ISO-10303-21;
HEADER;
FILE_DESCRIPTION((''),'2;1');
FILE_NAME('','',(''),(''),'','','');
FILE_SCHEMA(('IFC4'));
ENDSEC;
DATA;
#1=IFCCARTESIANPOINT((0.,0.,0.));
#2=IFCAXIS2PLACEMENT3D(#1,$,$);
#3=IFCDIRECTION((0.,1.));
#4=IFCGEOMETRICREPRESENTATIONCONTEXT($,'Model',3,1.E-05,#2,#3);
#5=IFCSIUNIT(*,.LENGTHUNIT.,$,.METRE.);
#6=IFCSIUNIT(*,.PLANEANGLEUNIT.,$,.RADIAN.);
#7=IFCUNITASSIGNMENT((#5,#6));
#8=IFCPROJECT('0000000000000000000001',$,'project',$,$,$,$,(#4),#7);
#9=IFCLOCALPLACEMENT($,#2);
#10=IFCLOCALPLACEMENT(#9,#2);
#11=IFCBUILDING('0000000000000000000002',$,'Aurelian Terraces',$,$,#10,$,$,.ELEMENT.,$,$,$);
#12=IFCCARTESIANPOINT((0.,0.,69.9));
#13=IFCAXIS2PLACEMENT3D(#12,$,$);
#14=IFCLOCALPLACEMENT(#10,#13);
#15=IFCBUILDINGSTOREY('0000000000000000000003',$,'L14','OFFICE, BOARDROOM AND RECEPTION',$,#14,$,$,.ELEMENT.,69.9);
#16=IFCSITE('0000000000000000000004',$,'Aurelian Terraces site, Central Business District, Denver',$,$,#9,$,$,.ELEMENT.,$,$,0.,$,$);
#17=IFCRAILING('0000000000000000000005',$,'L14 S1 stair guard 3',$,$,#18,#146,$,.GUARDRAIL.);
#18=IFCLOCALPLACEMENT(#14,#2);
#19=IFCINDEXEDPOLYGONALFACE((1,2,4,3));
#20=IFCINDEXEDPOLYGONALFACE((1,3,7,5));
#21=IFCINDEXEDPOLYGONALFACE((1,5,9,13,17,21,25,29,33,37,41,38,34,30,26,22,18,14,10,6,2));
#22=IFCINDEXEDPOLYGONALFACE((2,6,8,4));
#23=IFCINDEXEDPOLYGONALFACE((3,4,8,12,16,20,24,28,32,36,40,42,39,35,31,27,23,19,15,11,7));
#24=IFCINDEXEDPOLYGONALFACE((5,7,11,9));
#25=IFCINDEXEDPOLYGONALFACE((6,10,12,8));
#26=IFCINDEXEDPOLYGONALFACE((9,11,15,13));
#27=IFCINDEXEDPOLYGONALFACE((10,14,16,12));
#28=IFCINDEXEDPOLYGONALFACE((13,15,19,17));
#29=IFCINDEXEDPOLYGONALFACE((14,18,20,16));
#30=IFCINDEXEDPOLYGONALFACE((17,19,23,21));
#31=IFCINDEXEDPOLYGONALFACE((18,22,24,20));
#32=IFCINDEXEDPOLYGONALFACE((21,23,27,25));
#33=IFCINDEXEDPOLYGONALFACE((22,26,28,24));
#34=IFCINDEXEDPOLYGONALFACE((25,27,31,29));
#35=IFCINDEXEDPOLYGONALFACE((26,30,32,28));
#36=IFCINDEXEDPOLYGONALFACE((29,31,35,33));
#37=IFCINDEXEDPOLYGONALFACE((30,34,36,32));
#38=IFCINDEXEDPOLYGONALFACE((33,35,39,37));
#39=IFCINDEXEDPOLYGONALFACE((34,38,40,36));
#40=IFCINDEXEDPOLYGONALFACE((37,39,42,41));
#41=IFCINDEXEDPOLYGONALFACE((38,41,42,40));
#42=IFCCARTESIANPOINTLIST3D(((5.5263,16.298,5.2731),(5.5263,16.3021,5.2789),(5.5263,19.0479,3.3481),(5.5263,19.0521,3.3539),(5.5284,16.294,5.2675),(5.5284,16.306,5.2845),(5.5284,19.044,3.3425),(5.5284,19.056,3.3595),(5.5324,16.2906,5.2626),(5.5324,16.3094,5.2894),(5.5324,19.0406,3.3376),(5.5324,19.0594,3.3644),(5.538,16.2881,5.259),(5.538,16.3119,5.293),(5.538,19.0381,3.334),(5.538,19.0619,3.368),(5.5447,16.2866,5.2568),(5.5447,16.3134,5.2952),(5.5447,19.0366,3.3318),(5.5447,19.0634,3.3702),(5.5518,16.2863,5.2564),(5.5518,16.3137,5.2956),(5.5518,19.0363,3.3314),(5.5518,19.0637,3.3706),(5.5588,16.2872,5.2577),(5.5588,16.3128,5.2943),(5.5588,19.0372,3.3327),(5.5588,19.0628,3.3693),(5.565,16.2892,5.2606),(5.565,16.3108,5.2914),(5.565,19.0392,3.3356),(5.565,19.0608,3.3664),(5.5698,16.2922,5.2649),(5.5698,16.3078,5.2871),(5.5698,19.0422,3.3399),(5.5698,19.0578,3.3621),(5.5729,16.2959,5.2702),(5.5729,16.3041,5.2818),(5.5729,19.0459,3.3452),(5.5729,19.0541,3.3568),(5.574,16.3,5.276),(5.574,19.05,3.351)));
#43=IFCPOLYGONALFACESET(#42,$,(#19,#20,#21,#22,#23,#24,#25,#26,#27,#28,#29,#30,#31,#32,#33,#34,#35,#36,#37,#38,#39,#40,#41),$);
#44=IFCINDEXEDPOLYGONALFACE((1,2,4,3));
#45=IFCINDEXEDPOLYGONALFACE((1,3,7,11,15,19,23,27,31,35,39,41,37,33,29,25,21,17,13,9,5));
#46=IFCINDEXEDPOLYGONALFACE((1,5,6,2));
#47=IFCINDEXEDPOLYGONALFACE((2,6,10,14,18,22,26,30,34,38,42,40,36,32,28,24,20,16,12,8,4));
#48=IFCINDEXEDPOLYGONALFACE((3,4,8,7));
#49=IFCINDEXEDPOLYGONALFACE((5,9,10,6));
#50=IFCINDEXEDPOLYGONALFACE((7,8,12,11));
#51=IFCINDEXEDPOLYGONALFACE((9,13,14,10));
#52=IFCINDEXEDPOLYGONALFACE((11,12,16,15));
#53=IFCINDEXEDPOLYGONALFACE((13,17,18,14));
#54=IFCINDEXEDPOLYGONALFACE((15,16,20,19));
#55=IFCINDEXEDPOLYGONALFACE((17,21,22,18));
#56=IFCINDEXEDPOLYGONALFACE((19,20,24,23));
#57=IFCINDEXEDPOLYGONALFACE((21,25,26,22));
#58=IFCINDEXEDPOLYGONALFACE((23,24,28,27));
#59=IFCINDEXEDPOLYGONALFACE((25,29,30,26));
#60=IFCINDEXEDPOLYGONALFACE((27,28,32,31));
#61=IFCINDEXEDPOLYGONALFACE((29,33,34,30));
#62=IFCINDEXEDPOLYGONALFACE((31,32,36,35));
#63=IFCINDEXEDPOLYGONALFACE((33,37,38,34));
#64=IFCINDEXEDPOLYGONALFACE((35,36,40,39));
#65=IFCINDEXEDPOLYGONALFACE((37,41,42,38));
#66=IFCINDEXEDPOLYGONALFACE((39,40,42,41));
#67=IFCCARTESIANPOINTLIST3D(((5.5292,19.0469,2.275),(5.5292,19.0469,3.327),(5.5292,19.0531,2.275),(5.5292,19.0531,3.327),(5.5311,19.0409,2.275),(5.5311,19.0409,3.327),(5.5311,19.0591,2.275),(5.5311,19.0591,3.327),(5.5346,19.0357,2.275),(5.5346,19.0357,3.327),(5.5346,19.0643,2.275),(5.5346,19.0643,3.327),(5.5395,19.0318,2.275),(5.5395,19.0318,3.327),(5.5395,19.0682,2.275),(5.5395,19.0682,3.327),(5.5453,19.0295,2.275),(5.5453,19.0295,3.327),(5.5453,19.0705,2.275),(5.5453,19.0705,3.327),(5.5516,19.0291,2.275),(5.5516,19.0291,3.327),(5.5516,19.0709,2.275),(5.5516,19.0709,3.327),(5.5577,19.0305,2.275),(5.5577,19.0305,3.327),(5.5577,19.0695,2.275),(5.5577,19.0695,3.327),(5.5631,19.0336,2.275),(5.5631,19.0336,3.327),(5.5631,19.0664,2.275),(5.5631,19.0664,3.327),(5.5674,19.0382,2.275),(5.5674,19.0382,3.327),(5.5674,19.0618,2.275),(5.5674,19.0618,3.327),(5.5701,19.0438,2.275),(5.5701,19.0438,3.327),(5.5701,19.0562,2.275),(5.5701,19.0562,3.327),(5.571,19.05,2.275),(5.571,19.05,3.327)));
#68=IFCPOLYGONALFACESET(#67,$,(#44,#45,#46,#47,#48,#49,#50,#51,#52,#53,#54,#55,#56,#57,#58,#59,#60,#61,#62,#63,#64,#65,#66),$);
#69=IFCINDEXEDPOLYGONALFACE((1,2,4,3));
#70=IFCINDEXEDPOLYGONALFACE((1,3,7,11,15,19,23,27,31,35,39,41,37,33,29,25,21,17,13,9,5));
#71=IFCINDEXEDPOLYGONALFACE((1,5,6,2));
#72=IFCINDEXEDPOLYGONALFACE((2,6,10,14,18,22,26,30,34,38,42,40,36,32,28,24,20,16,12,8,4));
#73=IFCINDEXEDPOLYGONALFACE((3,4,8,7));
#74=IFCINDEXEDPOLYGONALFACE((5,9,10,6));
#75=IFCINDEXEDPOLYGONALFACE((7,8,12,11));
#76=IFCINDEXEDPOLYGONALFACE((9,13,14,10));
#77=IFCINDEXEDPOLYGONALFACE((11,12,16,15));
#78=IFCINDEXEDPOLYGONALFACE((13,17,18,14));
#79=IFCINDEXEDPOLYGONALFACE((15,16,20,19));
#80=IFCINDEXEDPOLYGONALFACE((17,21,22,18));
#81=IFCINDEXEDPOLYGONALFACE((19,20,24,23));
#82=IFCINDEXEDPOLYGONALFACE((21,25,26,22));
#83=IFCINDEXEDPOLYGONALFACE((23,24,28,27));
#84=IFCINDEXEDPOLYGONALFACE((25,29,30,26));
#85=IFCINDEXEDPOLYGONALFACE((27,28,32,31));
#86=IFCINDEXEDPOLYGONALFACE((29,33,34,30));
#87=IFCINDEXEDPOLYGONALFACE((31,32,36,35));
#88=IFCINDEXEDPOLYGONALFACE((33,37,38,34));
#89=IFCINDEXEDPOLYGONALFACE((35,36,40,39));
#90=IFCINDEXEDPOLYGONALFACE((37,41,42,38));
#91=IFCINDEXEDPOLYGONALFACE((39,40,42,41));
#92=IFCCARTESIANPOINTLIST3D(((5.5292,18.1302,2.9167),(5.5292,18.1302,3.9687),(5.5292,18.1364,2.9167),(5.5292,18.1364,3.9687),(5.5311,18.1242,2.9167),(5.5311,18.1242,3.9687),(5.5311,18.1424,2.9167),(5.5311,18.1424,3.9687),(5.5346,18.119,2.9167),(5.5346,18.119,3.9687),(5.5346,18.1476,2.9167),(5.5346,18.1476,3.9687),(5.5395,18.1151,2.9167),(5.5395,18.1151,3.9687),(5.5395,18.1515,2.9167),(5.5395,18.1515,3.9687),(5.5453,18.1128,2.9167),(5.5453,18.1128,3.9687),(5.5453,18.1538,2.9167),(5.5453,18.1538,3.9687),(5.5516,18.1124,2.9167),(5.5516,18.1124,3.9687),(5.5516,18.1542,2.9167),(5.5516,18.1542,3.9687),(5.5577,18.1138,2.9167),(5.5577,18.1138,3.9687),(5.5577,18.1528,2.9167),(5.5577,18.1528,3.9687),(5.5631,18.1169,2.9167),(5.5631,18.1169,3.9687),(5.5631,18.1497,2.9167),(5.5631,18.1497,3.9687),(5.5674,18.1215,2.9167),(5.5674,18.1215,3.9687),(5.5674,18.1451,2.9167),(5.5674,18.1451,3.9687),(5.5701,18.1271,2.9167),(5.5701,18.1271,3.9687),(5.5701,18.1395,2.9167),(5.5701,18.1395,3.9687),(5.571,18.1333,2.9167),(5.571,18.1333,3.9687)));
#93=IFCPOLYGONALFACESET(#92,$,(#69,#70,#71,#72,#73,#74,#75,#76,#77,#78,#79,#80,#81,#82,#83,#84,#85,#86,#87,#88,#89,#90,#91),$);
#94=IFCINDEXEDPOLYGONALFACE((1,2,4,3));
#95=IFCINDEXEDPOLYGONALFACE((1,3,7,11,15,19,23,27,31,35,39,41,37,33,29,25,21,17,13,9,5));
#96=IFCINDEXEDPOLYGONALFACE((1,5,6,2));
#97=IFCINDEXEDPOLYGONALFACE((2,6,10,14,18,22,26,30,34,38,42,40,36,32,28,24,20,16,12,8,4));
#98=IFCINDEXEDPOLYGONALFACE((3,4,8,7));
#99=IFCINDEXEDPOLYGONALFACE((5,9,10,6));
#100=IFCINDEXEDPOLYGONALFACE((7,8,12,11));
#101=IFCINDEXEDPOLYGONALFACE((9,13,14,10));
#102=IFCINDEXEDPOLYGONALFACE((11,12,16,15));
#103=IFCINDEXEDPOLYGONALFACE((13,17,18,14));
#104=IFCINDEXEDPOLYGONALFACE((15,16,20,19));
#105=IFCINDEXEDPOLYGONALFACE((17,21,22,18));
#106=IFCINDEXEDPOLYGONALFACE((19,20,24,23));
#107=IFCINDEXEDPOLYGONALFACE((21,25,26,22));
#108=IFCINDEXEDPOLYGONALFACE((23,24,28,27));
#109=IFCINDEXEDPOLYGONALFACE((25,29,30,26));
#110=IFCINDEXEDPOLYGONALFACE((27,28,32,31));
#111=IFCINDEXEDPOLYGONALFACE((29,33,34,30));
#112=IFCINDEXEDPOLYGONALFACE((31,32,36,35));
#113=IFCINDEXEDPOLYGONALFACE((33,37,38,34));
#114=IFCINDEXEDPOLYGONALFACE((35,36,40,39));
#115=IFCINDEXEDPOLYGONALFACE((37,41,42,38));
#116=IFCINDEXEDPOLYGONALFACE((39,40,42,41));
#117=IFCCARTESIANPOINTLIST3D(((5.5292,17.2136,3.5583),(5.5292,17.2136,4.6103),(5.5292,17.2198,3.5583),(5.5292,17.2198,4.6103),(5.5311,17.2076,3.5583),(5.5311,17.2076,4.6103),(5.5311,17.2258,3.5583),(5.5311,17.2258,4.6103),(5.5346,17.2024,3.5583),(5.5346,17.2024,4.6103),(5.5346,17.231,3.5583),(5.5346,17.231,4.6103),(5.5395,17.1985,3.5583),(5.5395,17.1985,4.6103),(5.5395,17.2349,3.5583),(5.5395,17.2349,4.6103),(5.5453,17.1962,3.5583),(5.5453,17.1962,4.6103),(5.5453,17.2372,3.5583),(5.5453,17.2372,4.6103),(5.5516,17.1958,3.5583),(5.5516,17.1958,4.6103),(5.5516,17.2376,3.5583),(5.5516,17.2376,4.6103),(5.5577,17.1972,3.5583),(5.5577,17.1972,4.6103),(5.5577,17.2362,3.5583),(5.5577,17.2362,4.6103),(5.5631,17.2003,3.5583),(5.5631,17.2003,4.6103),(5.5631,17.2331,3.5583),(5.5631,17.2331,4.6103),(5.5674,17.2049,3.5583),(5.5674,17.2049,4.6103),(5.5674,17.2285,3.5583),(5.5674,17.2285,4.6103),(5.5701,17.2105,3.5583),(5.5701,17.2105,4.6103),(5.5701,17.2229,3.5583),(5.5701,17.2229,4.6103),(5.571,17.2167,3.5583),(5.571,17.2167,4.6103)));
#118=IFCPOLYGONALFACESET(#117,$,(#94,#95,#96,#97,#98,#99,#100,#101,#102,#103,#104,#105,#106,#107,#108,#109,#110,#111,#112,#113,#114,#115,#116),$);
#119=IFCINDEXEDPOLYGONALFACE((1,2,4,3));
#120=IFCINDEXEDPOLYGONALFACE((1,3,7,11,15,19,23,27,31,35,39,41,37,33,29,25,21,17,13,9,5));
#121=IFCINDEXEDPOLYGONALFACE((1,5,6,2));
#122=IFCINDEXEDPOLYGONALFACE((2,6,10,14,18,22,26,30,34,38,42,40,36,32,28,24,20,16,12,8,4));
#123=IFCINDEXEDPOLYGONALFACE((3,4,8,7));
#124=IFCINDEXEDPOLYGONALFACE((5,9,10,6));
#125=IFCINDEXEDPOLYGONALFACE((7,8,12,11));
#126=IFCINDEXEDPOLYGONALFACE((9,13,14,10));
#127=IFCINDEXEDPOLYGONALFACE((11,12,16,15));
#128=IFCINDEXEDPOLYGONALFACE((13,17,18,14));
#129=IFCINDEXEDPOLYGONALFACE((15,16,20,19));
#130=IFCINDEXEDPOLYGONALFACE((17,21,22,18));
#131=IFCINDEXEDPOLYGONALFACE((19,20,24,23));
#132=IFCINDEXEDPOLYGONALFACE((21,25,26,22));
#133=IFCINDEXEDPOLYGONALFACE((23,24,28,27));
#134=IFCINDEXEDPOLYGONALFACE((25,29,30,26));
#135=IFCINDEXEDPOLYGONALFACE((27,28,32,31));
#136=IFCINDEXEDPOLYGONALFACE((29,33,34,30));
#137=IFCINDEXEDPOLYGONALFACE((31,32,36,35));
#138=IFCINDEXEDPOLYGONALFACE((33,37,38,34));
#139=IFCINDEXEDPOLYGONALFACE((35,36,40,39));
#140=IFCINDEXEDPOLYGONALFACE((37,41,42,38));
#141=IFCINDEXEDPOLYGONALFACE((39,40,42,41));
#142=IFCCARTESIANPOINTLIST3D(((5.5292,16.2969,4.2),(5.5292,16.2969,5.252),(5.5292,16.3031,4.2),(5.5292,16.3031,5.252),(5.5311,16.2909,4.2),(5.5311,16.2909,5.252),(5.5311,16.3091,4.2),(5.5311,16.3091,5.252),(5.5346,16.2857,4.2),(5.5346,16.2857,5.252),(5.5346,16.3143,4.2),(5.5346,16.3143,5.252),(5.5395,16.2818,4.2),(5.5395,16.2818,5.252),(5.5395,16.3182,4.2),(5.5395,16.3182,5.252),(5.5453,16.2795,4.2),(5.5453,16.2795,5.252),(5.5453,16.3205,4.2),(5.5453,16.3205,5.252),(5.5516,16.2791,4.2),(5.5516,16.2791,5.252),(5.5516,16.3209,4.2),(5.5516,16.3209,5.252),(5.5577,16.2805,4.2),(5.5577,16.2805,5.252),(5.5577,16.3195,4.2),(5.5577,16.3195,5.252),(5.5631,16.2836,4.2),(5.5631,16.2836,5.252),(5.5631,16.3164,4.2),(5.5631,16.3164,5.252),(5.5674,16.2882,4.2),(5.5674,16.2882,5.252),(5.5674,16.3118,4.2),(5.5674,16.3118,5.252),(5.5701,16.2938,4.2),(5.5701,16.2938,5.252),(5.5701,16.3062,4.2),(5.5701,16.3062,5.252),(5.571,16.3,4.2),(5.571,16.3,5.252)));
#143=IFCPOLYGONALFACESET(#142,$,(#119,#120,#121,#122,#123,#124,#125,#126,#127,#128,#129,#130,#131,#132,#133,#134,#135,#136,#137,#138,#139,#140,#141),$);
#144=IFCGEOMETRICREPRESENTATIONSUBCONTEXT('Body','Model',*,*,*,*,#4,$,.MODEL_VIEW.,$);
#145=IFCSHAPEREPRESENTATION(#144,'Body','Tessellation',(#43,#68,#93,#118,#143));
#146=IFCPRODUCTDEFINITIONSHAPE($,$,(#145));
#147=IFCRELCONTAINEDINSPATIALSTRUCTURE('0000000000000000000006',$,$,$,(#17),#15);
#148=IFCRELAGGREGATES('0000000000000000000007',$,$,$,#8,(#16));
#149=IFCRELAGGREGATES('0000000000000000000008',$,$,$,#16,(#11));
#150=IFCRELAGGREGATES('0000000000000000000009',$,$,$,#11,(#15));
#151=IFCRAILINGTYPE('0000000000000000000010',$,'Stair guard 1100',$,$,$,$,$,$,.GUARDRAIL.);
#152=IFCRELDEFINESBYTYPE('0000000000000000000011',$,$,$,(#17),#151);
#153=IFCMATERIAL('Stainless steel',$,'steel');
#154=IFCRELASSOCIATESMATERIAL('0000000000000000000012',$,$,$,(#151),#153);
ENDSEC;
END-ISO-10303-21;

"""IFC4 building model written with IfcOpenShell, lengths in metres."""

from ifc_helpers import new_model, si_unit, direction, frame, origin, origin_2d, place, context, subcontext, project, spatial, circle, extrude, source, transform, mapped, material, type_object, element, save


model = new_model("IFC4")

# Units and contexts
model_context = context("Model", 3, precision=1e-05, world=origin(), true_north=direction((0.0, 1.0)))
body_context = subcontext(model_context, "Body", "Model", "MODEL_VIEW")
ifc_project = project(units=[si_unit("LENGTHUNIT", "METRE"), si_unit("PLANEANGLEUNIT", "RADIAN")], contexts=[model_context])

# Site, building, storey
site_placement = place(None, origin())
site = spatial("IfcSite", under=ifc_project, at=site_placement, Name="Aurelian Terraces site, Central Business District, Denver", CompositionType="ELEMENT", RefElevation=0.0)
building_placement = place(site_placement, origin())
building = spatial("IfcBuilding", under=site, at=building_placement, Name="Aurelian Terraces", CompositionType="ELEMENT")
storey_placement = place(building_placement, frame((0.0, 0.0, 69.9)))
storey = spatial("IfcBuildingStorey", under=building, at=storey_placement, Name="L14", Description="OFFICE, BOARDROOM AND RECEPTION", CompositionType="ELEMENT", Elevation=69.9)

# Railing
ifc_material_1 = material(Name="Stainless steel", Category="steel")
railing_type_1 = type_object("IfcRailingType", Name="Stair guard 1100", PredefinedType="GUARDRAIL", material=ifc_material_1)
shared_shape_1 = source(origin(), body_context, "Body", "SweptSolid", [
    extrude(circle(Radius=0.024, at=origin_2d()), frame((0.0, 0.0, 1.076), z_axis=(0.0, -0.819232, 0.573462), x_axis=(1.0, 0.0, 0.0)), (0.0, 0.0, 1.0), 3.3568),
    extrude(circle(Radius=0.021, at=origin_2d()), origin(), (0.0, 0.0, 1.0), 1.052),
    extrude(circle(Radius=0.021, at=origin_2d()), frame((0.0, -0.9167, 0.6417)), (0.0, 0.0, 1.0), 1.052),
    extrude(circle(Radius=0.021, at=origin_2d()), frame((0.0, -1.8333, 1.2833)), (0.0, 0.0, 1.0), 1.052),
    extrude(circle(Radius=0.021, at=origin_2d()), frame((0.0, -2.75, 1.925)), (0.0, 0.0, 1.0), 1.052),
])
railing_1_placement = place(storey_placement, frame((5.55, 19.05, 2.275)))
element("IfcRailing", 1, at=railing_1_placement, inside=storey, type_object=railing_type_1, Name="L14 S1 stair guard 3", PredefinedType="GUARDRAIL", context=body_context, shape_type="MappedRepresentation", body=[
    mapped(shared_shape_1, transform((0.0, 0.0, 0.0), scale=1.0)),
])

save(model, "model.ifc")
